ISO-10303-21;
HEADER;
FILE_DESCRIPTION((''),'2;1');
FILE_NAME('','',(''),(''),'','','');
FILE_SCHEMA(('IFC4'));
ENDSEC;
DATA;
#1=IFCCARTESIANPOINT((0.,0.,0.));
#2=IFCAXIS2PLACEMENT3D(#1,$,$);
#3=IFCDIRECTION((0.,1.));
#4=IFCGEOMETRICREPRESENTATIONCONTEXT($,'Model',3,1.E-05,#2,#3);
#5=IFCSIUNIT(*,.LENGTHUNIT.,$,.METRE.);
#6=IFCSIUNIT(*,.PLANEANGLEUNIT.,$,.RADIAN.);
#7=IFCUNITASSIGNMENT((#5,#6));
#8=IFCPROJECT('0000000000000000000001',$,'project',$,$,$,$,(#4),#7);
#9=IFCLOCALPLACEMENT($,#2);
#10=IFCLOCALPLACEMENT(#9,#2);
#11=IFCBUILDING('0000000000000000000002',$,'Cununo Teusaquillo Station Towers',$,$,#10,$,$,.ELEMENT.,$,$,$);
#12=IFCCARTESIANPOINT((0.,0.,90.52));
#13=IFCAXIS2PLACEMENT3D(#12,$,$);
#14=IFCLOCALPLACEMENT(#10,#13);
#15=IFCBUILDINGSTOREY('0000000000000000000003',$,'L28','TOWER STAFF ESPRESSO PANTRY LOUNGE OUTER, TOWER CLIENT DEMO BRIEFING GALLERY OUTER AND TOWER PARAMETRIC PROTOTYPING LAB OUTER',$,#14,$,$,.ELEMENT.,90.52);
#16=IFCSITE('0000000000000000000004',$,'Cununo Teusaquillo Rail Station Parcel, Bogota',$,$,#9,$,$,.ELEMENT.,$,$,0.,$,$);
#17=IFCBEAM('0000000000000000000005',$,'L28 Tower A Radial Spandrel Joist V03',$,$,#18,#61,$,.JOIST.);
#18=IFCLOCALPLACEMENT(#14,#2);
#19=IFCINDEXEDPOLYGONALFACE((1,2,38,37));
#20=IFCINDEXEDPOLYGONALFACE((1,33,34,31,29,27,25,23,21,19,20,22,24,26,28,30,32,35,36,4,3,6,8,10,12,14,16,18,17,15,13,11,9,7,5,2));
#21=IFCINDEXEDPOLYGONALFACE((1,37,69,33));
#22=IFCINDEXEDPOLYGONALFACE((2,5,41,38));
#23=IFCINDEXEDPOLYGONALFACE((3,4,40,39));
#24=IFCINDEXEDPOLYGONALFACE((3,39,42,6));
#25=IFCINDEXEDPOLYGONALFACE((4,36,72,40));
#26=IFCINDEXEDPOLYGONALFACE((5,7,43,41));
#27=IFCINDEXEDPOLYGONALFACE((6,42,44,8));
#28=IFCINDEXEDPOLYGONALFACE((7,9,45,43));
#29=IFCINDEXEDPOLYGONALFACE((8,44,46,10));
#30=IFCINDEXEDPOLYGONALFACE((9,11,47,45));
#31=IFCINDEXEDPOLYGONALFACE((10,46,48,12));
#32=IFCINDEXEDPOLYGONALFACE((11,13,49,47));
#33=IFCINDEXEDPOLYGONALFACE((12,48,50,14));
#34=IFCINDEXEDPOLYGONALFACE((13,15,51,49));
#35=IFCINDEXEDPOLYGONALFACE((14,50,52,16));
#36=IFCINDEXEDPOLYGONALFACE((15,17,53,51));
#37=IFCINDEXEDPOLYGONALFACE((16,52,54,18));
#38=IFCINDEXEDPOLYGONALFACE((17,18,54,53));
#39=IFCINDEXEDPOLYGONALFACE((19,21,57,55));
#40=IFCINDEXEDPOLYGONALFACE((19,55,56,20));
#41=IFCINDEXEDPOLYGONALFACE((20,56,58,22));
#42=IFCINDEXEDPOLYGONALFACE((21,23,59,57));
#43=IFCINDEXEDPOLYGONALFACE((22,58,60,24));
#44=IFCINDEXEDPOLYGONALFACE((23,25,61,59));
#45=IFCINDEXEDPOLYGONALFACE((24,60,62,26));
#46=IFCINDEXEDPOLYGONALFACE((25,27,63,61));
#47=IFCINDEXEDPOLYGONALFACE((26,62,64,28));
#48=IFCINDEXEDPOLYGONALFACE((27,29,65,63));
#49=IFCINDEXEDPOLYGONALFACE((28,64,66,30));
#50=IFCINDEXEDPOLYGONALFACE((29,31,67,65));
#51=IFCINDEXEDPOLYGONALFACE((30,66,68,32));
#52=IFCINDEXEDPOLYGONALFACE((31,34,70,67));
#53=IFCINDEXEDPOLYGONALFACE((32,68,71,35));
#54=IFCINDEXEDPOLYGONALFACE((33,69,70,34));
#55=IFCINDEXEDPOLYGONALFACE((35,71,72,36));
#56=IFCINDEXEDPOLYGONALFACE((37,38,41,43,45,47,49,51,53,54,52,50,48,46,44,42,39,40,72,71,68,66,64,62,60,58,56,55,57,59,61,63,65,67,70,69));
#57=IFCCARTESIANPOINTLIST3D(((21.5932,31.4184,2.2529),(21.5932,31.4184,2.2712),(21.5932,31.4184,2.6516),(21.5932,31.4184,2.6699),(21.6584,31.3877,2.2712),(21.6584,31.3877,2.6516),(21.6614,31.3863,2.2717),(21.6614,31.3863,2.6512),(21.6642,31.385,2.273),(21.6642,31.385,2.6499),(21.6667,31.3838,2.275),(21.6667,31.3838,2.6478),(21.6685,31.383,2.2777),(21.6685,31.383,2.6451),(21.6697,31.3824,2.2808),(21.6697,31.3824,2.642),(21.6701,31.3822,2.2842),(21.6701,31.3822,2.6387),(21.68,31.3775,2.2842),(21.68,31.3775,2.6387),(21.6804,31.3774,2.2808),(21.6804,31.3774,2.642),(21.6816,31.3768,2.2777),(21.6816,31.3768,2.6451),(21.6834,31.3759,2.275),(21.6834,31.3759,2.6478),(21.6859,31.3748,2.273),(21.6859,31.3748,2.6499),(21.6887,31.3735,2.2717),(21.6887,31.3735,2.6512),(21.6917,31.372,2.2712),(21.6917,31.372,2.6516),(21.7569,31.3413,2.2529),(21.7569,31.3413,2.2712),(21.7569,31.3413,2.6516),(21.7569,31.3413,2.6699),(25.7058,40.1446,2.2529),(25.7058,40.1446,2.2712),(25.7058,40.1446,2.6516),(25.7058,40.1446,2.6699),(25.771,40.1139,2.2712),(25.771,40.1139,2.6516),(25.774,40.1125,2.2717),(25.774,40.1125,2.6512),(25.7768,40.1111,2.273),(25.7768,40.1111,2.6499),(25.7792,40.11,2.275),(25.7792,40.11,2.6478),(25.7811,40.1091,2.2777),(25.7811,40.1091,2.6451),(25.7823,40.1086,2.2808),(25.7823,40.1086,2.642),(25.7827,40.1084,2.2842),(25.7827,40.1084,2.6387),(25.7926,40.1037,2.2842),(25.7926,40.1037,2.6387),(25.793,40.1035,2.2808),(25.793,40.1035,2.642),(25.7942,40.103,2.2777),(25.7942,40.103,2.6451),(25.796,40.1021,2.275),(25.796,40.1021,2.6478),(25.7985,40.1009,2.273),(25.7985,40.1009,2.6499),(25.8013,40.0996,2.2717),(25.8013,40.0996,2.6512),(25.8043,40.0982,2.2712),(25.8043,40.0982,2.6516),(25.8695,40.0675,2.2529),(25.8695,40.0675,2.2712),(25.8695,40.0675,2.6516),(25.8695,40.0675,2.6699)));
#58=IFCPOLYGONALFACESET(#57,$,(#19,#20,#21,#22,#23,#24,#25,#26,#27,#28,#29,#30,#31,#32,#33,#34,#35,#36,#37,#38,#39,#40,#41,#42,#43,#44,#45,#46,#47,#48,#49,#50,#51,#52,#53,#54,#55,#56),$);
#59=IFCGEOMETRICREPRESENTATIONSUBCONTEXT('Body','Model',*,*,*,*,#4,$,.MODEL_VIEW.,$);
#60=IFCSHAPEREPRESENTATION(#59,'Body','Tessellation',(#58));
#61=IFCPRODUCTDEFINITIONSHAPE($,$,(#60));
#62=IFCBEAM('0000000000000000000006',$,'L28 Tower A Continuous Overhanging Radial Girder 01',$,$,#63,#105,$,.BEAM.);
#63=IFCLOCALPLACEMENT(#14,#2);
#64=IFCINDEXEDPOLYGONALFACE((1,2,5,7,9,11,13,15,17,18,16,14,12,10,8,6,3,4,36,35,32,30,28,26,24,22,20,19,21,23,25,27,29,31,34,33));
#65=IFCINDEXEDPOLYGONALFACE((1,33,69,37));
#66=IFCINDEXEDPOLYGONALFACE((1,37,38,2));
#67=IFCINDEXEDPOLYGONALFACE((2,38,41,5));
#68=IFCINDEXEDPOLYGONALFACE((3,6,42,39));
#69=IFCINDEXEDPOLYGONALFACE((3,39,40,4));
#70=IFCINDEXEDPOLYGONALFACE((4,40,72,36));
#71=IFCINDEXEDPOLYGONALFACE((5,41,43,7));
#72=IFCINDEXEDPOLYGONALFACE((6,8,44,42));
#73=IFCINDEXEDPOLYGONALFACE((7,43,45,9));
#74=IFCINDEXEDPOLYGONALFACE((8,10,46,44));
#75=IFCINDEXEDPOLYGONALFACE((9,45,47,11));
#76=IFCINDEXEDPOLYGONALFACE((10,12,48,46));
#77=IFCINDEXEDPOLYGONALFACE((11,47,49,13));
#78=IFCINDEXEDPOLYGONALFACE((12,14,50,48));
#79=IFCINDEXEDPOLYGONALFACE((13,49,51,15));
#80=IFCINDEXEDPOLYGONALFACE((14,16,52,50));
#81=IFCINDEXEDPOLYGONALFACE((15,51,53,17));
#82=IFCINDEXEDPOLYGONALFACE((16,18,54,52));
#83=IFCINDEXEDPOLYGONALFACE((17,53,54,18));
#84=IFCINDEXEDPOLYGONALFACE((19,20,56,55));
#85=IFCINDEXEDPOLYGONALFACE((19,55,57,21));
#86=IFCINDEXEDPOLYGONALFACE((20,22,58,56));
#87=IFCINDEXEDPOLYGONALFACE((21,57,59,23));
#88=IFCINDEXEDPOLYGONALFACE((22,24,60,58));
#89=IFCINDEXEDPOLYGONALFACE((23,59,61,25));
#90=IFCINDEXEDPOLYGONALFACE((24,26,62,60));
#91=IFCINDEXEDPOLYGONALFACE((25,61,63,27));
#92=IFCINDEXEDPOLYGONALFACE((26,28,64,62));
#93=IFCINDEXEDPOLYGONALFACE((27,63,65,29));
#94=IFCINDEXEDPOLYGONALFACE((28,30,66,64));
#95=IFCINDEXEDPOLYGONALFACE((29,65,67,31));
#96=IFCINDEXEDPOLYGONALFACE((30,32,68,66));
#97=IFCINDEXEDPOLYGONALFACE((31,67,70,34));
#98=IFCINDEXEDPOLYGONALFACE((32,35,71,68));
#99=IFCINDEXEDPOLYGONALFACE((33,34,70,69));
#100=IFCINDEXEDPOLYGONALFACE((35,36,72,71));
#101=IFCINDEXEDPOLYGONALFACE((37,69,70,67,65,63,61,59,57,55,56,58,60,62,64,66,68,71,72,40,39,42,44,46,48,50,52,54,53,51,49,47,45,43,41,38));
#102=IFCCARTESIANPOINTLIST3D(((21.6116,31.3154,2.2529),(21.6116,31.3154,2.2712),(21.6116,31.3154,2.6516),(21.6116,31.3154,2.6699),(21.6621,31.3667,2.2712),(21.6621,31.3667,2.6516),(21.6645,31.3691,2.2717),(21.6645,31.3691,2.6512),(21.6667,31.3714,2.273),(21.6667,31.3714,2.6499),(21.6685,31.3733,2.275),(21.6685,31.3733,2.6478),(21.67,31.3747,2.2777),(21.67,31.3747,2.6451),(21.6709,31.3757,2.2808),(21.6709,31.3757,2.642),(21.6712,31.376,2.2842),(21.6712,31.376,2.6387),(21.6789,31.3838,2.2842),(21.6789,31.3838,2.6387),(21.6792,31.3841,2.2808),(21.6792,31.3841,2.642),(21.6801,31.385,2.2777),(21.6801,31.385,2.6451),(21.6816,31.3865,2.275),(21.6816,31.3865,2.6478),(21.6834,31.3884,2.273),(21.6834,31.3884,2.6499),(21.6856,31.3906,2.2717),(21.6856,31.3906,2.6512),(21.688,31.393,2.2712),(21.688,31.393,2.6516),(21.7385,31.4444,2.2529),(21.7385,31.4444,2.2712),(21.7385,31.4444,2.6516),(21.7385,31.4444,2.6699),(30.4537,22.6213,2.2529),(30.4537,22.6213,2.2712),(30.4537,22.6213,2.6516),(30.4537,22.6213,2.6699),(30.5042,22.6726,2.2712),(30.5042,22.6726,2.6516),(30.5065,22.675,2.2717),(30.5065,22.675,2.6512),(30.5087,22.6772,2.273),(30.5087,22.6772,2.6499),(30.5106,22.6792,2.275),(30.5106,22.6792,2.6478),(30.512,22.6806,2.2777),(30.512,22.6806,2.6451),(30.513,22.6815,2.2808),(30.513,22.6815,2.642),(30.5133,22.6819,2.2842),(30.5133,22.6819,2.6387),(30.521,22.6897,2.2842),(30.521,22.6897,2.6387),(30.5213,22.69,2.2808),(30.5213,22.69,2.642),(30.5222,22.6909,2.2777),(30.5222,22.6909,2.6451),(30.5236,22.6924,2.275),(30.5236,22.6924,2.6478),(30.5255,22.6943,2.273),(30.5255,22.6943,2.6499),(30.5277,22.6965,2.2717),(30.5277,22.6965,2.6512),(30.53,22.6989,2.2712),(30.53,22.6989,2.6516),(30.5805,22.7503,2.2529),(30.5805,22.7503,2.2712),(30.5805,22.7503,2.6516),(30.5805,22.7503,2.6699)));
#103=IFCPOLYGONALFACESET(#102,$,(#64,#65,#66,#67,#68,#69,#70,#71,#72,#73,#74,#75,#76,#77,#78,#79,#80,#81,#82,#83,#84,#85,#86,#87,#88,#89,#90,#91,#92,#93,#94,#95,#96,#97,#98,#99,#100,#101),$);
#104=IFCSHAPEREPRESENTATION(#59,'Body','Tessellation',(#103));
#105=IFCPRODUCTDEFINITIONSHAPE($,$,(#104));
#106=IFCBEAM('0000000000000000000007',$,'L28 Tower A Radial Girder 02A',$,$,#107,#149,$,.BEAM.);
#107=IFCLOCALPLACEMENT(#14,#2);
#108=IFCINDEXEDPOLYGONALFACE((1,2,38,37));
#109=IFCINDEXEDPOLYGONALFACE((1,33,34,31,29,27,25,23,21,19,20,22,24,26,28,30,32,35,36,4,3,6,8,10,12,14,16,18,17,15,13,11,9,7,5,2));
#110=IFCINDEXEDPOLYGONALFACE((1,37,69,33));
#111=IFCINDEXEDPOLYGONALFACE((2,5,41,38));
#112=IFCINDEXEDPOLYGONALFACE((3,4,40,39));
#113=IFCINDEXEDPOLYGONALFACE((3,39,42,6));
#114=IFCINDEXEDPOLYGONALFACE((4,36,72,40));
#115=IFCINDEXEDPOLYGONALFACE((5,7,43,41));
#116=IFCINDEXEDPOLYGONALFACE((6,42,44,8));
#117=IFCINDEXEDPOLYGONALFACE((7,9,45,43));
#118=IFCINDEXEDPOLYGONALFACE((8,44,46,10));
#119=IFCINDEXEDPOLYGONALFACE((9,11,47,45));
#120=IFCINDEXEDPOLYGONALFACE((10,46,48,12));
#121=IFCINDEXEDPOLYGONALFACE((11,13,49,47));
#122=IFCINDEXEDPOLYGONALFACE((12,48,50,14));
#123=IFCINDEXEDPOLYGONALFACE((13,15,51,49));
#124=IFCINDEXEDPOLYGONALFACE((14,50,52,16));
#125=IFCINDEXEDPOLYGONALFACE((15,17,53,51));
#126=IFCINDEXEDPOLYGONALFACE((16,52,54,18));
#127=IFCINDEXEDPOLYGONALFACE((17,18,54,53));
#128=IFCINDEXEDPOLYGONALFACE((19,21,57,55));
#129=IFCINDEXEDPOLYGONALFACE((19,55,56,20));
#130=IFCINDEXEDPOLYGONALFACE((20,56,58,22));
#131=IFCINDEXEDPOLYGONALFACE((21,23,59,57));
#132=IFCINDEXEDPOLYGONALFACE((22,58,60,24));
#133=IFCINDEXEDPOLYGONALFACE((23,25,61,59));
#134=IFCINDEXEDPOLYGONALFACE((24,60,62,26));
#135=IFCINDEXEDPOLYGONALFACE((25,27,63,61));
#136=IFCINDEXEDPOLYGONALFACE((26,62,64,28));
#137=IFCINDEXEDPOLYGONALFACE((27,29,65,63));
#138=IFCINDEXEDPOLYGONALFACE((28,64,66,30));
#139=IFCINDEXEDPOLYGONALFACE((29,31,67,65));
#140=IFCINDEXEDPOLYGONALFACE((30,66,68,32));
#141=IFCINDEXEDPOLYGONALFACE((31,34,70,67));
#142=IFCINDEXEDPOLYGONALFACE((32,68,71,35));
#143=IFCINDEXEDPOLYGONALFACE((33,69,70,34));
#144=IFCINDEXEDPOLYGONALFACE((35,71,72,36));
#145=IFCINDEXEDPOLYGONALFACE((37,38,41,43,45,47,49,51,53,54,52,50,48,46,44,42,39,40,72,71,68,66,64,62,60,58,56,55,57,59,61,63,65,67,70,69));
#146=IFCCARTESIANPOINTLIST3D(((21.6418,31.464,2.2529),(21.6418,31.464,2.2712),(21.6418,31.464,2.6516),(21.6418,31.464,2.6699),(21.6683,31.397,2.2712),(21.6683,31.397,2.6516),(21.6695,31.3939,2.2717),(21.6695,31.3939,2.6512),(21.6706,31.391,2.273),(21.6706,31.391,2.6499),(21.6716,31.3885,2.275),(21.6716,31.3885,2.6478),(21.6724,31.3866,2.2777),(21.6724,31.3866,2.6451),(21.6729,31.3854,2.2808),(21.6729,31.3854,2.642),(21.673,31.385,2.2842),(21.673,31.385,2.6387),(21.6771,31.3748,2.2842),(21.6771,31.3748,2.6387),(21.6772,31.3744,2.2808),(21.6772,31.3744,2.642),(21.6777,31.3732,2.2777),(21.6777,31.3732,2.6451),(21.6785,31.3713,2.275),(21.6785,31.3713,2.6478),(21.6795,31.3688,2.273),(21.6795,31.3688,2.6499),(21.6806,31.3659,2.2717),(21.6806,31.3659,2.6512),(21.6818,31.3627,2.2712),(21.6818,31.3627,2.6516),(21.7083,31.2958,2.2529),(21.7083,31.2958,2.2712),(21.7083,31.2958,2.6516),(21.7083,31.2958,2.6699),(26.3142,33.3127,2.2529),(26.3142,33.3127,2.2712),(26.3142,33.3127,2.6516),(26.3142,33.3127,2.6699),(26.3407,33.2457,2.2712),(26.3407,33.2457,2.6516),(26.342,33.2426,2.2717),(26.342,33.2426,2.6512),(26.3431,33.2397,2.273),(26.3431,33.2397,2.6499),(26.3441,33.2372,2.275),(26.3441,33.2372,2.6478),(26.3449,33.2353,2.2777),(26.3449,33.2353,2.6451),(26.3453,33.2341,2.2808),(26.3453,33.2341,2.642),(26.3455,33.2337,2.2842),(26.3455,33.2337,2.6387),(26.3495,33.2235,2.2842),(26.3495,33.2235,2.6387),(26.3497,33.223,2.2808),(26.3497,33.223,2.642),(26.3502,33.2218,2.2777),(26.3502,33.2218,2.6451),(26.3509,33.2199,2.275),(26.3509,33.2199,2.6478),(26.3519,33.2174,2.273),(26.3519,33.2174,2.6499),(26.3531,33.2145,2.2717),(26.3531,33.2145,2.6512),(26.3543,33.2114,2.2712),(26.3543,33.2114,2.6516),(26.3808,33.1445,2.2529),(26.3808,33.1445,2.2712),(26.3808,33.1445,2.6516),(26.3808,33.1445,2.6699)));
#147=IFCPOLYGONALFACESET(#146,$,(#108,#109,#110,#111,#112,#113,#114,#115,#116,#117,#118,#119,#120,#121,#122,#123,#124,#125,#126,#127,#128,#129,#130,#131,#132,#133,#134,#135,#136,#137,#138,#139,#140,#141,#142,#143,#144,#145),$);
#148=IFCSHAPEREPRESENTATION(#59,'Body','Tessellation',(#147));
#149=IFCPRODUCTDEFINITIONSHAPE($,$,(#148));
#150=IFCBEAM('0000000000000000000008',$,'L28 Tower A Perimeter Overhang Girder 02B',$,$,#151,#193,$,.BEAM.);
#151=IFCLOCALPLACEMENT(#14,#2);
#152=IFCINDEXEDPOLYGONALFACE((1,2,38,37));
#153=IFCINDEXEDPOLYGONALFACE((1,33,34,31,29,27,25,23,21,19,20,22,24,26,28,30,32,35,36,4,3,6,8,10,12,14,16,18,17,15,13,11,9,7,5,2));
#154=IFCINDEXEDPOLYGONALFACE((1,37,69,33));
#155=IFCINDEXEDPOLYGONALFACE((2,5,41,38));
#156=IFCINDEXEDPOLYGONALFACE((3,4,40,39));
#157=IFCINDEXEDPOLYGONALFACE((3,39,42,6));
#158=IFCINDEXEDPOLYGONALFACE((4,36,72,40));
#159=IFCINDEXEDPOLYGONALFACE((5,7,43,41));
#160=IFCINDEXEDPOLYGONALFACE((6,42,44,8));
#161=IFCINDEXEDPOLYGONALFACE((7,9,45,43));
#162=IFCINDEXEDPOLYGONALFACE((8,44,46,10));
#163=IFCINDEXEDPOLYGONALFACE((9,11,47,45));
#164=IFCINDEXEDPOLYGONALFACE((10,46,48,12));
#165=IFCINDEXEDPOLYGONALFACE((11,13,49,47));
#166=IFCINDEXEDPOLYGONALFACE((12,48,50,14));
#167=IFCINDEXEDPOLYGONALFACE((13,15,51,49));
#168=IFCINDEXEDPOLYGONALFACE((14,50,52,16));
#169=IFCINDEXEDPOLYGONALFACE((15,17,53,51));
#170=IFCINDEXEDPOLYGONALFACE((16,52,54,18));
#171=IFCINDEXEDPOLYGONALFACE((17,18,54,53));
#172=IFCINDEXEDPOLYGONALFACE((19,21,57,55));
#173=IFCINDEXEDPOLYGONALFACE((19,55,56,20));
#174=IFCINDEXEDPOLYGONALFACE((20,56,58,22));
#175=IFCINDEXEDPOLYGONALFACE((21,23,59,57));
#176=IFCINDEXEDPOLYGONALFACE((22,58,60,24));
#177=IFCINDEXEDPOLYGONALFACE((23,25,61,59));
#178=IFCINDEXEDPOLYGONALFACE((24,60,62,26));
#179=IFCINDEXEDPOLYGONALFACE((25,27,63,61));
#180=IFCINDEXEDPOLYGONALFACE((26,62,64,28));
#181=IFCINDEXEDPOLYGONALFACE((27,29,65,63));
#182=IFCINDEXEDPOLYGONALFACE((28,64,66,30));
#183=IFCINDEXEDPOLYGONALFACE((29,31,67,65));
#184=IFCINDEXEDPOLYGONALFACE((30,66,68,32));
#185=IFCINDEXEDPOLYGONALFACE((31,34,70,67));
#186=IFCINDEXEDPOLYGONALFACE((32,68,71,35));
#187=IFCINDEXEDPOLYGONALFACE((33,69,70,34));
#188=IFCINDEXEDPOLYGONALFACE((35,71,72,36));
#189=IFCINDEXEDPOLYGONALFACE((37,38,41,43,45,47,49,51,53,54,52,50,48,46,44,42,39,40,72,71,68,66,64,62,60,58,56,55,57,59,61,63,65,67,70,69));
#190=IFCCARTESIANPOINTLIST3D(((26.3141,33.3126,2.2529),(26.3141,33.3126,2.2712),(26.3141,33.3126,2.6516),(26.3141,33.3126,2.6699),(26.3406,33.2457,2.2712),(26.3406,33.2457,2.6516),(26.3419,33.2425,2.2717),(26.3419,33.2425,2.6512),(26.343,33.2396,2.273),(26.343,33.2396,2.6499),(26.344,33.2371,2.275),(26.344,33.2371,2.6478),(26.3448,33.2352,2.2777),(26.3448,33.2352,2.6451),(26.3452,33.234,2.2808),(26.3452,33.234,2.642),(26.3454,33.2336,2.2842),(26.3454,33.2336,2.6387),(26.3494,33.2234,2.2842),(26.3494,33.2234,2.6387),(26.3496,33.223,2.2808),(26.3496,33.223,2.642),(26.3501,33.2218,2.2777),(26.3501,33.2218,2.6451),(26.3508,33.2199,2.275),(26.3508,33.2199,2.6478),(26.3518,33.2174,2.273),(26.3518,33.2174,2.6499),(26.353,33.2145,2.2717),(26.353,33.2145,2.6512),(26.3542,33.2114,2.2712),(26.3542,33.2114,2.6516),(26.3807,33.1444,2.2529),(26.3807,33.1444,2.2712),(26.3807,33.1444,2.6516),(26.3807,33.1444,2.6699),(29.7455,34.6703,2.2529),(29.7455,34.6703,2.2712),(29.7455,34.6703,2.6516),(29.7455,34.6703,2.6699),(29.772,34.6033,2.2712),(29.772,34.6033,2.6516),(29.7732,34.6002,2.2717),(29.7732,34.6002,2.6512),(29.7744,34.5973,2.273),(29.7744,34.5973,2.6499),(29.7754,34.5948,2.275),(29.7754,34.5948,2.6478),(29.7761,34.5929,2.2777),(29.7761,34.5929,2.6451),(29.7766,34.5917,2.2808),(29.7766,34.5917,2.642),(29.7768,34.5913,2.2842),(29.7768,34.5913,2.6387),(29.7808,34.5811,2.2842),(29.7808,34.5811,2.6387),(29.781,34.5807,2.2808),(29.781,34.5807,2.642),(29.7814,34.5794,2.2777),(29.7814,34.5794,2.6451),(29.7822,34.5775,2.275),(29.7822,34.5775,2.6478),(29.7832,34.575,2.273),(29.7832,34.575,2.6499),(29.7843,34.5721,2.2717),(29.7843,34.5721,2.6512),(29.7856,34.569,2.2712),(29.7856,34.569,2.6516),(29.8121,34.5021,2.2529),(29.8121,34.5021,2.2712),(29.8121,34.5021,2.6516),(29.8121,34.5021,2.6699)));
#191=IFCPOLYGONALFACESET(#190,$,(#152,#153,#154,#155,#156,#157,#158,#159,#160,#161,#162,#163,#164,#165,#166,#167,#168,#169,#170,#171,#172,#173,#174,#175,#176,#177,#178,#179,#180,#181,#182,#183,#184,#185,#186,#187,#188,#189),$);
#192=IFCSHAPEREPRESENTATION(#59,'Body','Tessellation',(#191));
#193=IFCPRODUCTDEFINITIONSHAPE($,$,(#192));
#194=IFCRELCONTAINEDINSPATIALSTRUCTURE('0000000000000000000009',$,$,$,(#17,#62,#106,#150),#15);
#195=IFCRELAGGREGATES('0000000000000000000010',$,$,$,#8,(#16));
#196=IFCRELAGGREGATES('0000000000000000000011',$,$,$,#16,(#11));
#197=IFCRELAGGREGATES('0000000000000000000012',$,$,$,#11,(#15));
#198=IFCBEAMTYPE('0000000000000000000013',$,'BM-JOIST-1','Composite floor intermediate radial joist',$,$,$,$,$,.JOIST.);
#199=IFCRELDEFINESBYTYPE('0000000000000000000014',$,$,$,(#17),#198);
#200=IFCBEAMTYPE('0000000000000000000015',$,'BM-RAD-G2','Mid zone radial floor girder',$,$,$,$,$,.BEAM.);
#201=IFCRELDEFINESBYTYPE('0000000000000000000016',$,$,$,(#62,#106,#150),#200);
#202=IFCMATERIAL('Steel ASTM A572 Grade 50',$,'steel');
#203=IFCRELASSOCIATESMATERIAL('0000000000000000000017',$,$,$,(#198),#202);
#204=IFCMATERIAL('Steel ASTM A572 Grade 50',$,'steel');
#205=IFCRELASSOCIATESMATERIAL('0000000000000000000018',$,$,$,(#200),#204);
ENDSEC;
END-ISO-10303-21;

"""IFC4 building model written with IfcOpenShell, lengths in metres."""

from ifc_helpers import new_model, si_unit, direction, frame, origin, origin_2d, place, context, subcontext, project, spatial, i_section, extrude, material, material_profile, profile_set, type_object, element, save


model = new_model("IFC4")

# Units and contexts
model_context = context("Model", 3, precision=1e-05, world=origin(), true_north=direction((0.0, 1.0)))
body_context = subcontext(model_context, "Body", "Model", "MODEL_VIEW")
ifc_project = project(units=[si_unit("LENGTHUNIT", "METRE"), si_unit("PLANEANGLEUNIT", "RADIAN")], contexts=[model_context])

# Site, building, storey
site_placement = place(None, origin())
site = spatial("IfcSite", under=ifc_project, at=site_placement, Name="Cununo Teusaquillo Rail Station Parcel, Bogota", CompositionType="ELEMENT", RefElevation=0.0)
building_placement = place(site_placement, origin())
building = spatial("IfcBuilding", under=site, at=building_placement, Name="Cununo Teusaquillo Station Towers", CompositionType="ELEMENT")
storey_placement = place(building_placement, frame((0.0, 0.0, 90.52)))
storey = spatial("IfcBuildingStorey", under=building, at=storey_placement, Name="L28", Description="TOWER STAFF ESPRESSO PANTRY LOUNGE OUTER, TOWER CLIENT DEMO BRIEFING GALLERY OUTER AND TOWER PARAMETRIC PROTOTYPING LAB OUTER", CompositionType="ELEMENT", Elevation=90.52)

# Beams
ifc_material_1 = material(Name="Steel ASTM A572 Grade 50", Category="steel")
ifc_material_profile_1 = material_profile(ifc_material_1, i_section(OverallWidth=0.1809, OverallDepth=0.417, WebThickness=0.011, FlangeThickness=0.0183, FilletRadius=0.0129, at=origin_2d()), Name="W16X57")
ifc_profile_set_1 = profile_set([ifc_material_profile_1], Name="Steel ASTM A572 Grade 50")
beam_type_1 = type_object("IfcBeamType", Name="BM-JOIST-1", Description="Composite floor intermediate radial joist", PredefinedType="JOIST", material=ifc_profile_set_1)
beam_1_placement = place(storey_placement, frame((21.675, 31.3799, 2.4614), z_axis=(0.42632, 0.904572, 0.0), x_axis=(-0.904572, 0.42632, 0.0)))
element("IfcBeam", 1, at=beam_1_placement, inside=storey, type_object=beam_type_1, Name="L28 Tower A Radial Spandrel Joist V03", PredefinedType="JOIST", context=body_context, shape_type="SweptSolid", body=[
    extrude(i_section(OverallWidth=0.1809, OverallDepth=0.417, WebThickness=0.011, FlangeThickness=0.0183, FilletRadius=0.0129, at=origin_2d()), origin(), (0.0, 0.0, 1.0), 9.6467),
])
ifc_material_2 = material(Name="Steel ASTM A572 Grade 50", Category="steel")
ifc_material_profile_2 = material_profile(ifc_material_2, i_section(OverallWidth=0.1809, OverallDepth=0.417, WebThickness=0.011, FlangeThickness=0.0183, FilletRadius=0.0129, at=origin_2d()), Name="W16X57")
ifc_profile_set_2 = profile_set([ifc_material_profile_2], Name="Steel ASTM A572 Grade 50")
beam_type_2 = type_object("IfcBeamType", Name="BM-RAD-G2", Description="Mid zone radial floor girder", PredefinedType="BEAM", material=ifc_profile_set_2)
beam_2_placement = place(storey_placement, frame((21.675, 31.3799, 2.4614), z_axis=(0.713047, -0.701116, 0.0), x_axis=(0.701116, 0.713047, 0.0)))
element("IfcBeam", 2, at=beam_2_placement, inside=storey, type_object=beam_type_2, Name="L28 Tower A Continuous Overhanging Radial Girder 01", PredefinedType="BEAM", context=body_context, shape_type="SweptSolid", body=[
    extrude(i_section(OverallWidth=0.1809, OverallDepth=0.417, WebThickness=0.011, FlangeThickness=0.0183, FilletRadius=0.0129, at=origin_2d()), origin(), (0.0, 0.0, 1.0), 12.4004),
])
beam_3_placement = place(storey_placement, frame((21.675, 31.3799, 2.4614), z_axis=(0.929864, 0.367903, 0.0), x_axis=(-0.367903, 0.929864, 0.0)))
element("IfcBeam", 3, at=beam_3_placement, inside=storey, type_object=beam_type_2, Name="L28 Tower A Radial Girder 02A", PredefinedType="BEAM", context=body_context, shape_type="SweptSolid", body=[
    extrude(i_section(OverallWidth=0.1809, OverallDepth=0.417, WebThickness=0.011, FlangeThickness=0.0183, FilletRadius=0.0129, at=origin_2d()), origin(), (0.0, 0.0, 1.0), 5.0249),
])
beam_4_placement = place(storey_placement, frame((26.3474, 33.2285, 2.4614), z_axis=(0.929862, 0.367909, 0.0), x_axis=(-0.367909, 0.929862, 0.0)))
element("IfcBeam", 4, at=beam_4_placement, inside=storey, type_object=beam_type_2, Name="L28 Tower A Perimeter Overhang Girder 02B", PredefinedType="BEAM", context=body_context, shape_type="SweptSolid", body=[
    extrude(i_section(OverallWidth=0.1809, OverallDepth=0.417, WebThickness=0.011, FlangeThickness=0.0183, FilletRadius=0.0129, at=origin_2d()), origin(), (0.0, 0.0, 1.0), 3.6902),
])

save(model, "model.ifc")
